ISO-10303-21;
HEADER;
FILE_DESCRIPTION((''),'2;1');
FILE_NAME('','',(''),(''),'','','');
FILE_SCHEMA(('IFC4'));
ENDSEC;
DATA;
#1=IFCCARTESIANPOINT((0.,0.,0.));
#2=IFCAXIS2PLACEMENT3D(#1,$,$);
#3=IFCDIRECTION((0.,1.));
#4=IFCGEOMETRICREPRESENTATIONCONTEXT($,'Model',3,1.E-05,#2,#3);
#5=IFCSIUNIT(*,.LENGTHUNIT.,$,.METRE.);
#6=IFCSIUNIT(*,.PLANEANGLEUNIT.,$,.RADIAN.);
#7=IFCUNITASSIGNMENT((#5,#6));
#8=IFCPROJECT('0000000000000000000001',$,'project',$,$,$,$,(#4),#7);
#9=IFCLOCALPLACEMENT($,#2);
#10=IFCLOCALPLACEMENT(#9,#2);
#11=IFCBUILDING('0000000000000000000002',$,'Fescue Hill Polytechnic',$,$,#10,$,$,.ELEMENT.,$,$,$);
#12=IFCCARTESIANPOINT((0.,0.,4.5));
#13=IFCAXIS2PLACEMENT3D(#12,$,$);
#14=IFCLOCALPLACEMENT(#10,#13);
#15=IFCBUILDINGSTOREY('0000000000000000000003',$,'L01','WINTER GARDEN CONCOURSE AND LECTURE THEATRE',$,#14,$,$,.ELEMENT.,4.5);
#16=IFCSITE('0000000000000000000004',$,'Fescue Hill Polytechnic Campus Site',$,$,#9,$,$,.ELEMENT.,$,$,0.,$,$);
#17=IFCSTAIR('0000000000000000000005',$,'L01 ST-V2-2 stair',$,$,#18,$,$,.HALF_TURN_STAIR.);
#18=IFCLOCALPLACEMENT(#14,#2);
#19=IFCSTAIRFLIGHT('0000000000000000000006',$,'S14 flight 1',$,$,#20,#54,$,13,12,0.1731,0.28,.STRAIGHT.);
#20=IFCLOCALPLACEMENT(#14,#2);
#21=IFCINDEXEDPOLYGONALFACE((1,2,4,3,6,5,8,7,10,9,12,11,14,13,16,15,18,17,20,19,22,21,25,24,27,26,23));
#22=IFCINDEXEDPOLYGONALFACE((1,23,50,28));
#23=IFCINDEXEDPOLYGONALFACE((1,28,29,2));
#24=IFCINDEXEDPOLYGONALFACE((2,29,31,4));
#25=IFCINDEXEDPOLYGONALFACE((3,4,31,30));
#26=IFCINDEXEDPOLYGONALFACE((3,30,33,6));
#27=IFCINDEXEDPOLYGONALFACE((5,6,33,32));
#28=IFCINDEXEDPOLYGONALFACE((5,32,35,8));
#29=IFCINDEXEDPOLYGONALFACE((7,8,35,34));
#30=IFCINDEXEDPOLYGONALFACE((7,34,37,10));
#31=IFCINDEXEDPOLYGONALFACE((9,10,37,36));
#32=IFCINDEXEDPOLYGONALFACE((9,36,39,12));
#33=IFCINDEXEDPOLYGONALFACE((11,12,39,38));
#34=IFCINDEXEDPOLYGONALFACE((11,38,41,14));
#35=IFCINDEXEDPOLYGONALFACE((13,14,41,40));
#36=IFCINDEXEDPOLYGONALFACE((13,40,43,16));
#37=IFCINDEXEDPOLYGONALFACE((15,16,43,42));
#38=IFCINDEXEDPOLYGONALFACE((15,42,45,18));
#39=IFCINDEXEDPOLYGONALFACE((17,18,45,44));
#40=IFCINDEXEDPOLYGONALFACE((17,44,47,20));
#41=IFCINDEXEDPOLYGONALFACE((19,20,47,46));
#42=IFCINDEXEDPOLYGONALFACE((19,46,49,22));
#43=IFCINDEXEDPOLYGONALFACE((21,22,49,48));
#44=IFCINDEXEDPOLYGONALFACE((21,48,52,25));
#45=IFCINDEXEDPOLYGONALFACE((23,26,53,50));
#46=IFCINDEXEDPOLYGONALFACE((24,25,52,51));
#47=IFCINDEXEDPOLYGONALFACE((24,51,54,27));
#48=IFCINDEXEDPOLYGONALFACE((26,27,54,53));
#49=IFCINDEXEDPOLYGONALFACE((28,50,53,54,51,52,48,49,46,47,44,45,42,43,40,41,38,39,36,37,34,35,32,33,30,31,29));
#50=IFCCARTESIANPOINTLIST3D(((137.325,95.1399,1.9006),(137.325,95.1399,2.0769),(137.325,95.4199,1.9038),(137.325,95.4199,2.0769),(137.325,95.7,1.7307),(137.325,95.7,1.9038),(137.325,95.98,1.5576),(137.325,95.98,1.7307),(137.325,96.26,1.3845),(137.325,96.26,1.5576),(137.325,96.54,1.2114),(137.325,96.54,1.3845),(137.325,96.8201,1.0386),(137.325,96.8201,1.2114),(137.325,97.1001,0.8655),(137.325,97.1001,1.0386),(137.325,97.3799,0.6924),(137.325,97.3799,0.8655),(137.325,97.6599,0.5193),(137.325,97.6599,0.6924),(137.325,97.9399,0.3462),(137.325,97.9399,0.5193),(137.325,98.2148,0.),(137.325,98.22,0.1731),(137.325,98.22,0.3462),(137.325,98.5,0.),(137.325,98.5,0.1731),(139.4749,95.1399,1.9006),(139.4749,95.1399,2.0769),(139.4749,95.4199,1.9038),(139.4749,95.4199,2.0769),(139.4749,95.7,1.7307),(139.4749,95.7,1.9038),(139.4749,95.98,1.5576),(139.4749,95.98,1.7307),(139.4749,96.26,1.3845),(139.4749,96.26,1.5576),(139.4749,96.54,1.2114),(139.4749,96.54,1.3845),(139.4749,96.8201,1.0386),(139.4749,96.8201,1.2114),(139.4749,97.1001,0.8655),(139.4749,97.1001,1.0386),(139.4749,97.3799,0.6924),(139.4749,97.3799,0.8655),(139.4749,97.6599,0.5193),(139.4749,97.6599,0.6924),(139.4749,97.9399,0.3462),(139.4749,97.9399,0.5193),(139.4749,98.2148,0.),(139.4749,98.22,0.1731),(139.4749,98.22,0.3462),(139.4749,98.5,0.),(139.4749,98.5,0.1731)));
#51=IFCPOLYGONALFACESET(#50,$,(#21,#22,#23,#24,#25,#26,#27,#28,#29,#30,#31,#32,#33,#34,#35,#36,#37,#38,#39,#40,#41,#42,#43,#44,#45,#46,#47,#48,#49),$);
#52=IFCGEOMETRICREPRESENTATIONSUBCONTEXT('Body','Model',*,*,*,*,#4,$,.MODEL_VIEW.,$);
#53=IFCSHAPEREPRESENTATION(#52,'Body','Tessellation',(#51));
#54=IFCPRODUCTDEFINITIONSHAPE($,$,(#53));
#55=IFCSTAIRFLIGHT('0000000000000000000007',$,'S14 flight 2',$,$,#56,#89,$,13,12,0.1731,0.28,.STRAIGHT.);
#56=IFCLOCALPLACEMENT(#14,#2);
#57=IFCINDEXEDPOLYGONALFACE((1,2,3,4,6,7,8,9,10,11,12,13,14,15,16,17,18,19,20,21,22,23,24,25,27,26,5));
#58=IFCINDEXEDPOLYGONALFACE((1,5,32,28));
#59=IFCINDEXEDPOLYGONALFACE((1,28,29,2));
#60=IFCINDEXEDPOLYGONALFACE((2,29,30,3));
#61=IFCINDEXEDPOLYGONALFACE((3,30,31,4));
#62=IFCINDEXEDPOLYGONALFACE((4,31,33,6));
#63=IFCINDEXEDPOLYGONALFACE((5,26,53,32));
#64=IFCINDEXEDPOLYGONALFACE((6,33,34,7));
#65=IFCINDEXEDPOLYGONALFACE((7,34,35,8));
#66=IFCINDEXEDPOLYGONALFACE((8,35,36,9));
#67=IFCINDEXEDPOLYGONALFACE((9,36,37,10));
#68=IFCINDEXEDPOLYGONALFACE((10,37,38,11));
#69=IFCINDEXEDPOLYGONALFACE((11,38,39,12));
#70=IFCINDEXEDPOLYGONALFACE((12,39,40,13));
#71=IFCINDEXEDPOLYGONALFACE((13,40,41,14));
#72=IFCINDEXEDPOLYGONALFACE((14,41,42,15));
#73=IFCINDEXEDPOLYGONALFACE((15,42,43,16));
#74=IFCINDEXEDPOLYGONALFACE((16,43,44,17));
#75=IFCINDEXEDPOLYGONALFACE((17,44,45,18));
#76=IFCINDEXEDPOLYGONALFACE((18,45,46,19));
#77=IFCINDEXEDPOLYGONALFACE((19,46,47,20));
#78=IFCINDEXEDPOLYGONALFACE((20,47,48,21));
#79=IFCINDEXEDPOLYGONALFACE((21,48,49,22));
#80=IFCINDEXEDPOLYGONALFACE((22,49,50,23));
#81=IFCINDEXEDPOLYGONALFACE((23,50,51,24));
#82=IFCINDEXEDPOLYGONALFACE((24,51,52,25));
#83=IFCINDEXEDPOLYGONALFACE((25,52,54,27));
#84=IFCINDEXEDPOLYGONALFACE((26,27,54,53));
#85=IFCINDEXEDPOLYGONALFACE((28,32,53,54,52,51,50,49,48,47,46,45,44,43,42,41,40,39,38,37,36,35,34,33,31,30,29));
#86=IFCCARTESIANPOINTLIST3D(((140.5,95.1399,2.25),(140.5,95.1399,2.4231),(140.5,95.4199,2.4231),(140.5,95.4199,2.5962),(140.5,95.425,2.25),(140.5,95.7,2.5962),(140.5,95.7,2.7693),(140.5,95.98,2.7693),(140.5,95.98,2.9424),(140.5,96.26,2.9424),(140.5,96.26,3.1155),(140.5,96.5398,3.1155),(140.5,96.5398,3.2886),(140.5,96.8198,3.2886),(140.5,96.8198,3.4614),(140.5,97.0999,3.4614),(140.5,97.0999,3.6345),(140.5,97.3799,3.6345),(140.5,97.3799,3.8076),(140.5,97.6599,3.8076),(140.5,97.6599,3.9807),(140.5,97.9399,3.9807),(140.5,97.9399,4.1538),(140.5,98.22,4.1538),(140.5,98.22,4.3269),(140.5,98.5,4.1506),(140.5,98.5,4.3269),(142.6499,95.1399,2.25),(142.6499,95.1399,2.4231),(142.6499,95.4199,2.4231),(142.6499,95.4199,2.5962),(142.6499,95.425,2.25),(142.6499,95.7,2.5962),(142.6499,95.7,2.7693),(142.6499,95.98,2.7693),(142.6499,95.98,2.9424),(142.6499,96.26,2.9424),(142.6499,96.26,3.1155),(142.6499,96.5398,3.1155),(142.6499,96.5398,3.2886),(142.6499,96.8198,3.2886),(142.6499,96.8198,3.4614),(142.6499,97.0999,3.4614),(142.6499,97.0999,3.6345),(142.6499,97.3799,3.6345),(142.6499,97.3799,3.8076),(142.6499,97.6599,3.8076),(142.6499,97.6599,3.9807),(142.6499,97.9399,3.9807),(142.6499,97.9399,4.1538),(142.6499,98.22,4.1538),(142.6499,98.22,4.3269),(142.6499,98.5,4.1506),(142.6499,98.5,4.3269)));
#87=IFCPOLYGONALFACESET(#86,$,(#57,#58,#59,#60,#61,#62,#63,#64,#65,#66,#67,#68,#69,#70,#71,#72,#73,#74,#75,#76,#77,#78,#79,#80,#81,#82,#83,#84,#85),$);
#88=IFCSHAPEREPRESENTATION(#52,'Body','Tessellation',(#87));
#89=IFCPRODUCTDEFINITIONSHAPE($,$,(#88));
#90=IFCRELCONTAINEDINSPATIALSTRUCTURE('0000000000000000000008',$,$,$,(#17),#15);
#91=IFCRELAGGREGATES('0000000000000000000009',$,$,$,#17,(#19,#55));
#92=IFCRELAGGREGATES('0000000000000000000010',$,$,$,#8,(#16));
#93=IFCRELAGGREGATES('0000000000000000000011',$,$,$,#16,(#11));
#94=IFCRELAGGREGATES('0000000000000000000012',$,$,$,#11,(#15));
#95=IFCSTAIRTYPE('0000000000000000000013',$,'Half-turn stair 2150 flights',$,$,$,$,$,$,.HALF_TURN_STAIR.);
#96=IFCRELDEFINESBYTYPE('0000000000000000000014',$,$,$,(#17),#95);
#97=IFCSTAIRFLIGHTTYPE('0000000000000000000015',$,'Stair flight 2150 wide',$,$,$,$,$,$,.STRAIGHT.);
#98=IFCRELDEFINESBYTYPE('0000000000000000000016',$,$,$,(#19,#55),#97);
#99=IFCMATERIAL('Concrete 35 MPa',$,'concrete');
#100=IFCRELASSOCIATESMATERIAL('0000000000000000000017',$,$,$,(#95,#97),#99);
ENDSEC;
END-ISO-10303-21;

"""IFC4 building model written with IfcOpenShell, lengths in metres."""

from ifc_helpers import new_model, si_unit, direction, frame, origin, place, context, subcontext, project, spatial, polyline, outline, extrude, material, type_object, element, aggregate, save


model = new_model("IFC4")

# Units and contexts
model_context = context("Model", 3, precision=1e-05, world=origin(), true_north=direction((0.0, 1.0)))
body_context = subcontext(model_context, "Body", "Model", "MODEL_VIEW")
ifc_project = project(units=[si_unit("LENGTHUNIT", "METRE"), si_unit("PLANEANGLEUNIT", "RADIAN")], contexts=[model_context])

# Site, building, storey
site_placement = place(None, origin())
site = spatial("IfcSite", under=ifc_project, at=site_placement, Name="Fescue Hill Polytechnic Campus Site", CompositionType="ELEMENT", RefElevation=0.0)
building_placement = place(site_placement, origin())
building = spatial("IfcBuilding", under=site, at=building_placement, Name="Fescue Hill Polytechnic", CompositionType="ELEMENT")
storey_placement = place(building_placement, frame((0.0, 0.0, 4.5)))
storey = spatial("IfcBuildingStorey", under=building, at=storey_placement, Name="L01", Description="WINTER GARDEN CONCOURSE AND LECTURE THEATRE", CompositionType="ELEMENT", Elevation=4.5)

# Shared definitions
ifc_material_1 = material(Name="Concrete 35 MPa", Category="concrete")

# Stair, stair flights
stair_type = type_object("IfcStairType", Name="Half-turn stair 2150 flights", PredefinedType="HALF_TURN_STAIR", material=ifc_material_1)
stair_placement = place(storey_placement, origin())
stair = element("IfcStair", 1, at=stair_placement, inside=storey, type_object=stair_type, Name="L01 ST-V2-2 stair", PredefinedType="HALF_TURN_STAIR")
stair_flight_type = type_object("IfcStairFlightType", Name="Stair flight 2150 wide", PredefinedType="STRAIGHT", material=ifc_material_1)
stair_flight_1_placement = place(storey_placement, frame((138.3999, 98.5, 0.0), z_axis=(0.0, 0.0, 1.0), x_axis=(0.0, -1.0, 0.0)))
stair_flight_1 = element("IfcStairFlight", 2, at=stair_flight_1_placement, type_object=stair_flight_type, Name="S14 flight 1", NumberOfRisers=13, NumberOfTreads=12, PredefinedType="STRAIGHT", RiserHeight=0.1731, TreadLength=0.28, context=body_context, shape_type="SweptSolid", body=[
    extrude(outline(polyline([(0.0, 0.0), (0.0, 0.1731), (0.28, 0.1731), (0.28, 0.3462), (0.5601, 0.3462), (0.5601, 0.5193), (0.8401, 0.5193), (0.8401, 0.6924), (1.1201, 0.6924), (1.1201, 0.8655), (1.3999, 0.8655), (1.3999, 1.0386), (1.6799, 1.0386), (1.6799, 1.2114), (1.96, 1.2114), (1.96, 1.3845), (2.24, 1.3845), (2.24, 1.5576), (2.52, 1.5576), (2.52, 1.7307), (2.8, 1.7307), (2.8, 1.9038), (3.0801, 1.9038), (3.0801, 2.0769), (3.3601, 2.0769), (3.3601, 2.25), (3.3601, 1.9006), (0.2852, 0.0), (0.0, 0.0)])), frame((0.0, 1.075, 0.0), z_axis=(0.0, -1.0, 0.0), x_axis=(1.0, 0.0, 0.0)), (0.0, 0.0, 1.0), 2.1499),
])
stair_flight_2_placement = place(storey_placement, frame((141.575, 95.1399, 2.25), z_axis=(0.0, 0.0, 1.0), x_axis=(0.0, 1.0, 0.0)))
stair_flight_2 = element("IfcStairFlight", 3, at=stair_flight_2_placement, type_object=stair_flight_type, Name="S14 flight 2", NumberOfRisers=13, NumberOfTreads=12, PredefinedType="STRAIGHT", RiserHeight=0.1731, TreadLength=0.28, context=body_context, shape_type="SweptSolid", body=[
    extrude(outline(polyline([(0.0, 0.0), (0.0, 0.1731), (0.28, 0.1731), (0.28, 0.3462), (0.5601, 0.3462), (0.5601, 0.5193), (0.8401, 0.5193), (0.8401, 0.6924), (1.1201, 0.6924), (1.1201, 0.8655), (1.3999, 0.8655), (1.3999, 1.0386), (1.6799, 1.0386), (1.6799, 1.2114), (1.96, 1.2114), (1.96, 1.3845), (2.24, 1.3845), (2.24, 1.5576), (2.52, 1.5576), (2.52, 1.7307), (2.8, 1.7307), (2.8, 1.9038), (3.0801, 1.9038), (3.0801, 2.0769), (3.3601, 2.0769), (3.3601, 2.25), (3.3601, 1.9006), (0.2852, 0.0), (0.0, 0.0)])), frame((0.0, 1.075, 0.0), z_axis=(0.0, -1.0, 0.0), x_axis=(1.0, 0.0, 0.0)), (0.0, 0.0, 1.0), 2.1499),
])
aggregate(stair, [stair_flight_1, stair_flight_2])

save(model, "model.ifc")
